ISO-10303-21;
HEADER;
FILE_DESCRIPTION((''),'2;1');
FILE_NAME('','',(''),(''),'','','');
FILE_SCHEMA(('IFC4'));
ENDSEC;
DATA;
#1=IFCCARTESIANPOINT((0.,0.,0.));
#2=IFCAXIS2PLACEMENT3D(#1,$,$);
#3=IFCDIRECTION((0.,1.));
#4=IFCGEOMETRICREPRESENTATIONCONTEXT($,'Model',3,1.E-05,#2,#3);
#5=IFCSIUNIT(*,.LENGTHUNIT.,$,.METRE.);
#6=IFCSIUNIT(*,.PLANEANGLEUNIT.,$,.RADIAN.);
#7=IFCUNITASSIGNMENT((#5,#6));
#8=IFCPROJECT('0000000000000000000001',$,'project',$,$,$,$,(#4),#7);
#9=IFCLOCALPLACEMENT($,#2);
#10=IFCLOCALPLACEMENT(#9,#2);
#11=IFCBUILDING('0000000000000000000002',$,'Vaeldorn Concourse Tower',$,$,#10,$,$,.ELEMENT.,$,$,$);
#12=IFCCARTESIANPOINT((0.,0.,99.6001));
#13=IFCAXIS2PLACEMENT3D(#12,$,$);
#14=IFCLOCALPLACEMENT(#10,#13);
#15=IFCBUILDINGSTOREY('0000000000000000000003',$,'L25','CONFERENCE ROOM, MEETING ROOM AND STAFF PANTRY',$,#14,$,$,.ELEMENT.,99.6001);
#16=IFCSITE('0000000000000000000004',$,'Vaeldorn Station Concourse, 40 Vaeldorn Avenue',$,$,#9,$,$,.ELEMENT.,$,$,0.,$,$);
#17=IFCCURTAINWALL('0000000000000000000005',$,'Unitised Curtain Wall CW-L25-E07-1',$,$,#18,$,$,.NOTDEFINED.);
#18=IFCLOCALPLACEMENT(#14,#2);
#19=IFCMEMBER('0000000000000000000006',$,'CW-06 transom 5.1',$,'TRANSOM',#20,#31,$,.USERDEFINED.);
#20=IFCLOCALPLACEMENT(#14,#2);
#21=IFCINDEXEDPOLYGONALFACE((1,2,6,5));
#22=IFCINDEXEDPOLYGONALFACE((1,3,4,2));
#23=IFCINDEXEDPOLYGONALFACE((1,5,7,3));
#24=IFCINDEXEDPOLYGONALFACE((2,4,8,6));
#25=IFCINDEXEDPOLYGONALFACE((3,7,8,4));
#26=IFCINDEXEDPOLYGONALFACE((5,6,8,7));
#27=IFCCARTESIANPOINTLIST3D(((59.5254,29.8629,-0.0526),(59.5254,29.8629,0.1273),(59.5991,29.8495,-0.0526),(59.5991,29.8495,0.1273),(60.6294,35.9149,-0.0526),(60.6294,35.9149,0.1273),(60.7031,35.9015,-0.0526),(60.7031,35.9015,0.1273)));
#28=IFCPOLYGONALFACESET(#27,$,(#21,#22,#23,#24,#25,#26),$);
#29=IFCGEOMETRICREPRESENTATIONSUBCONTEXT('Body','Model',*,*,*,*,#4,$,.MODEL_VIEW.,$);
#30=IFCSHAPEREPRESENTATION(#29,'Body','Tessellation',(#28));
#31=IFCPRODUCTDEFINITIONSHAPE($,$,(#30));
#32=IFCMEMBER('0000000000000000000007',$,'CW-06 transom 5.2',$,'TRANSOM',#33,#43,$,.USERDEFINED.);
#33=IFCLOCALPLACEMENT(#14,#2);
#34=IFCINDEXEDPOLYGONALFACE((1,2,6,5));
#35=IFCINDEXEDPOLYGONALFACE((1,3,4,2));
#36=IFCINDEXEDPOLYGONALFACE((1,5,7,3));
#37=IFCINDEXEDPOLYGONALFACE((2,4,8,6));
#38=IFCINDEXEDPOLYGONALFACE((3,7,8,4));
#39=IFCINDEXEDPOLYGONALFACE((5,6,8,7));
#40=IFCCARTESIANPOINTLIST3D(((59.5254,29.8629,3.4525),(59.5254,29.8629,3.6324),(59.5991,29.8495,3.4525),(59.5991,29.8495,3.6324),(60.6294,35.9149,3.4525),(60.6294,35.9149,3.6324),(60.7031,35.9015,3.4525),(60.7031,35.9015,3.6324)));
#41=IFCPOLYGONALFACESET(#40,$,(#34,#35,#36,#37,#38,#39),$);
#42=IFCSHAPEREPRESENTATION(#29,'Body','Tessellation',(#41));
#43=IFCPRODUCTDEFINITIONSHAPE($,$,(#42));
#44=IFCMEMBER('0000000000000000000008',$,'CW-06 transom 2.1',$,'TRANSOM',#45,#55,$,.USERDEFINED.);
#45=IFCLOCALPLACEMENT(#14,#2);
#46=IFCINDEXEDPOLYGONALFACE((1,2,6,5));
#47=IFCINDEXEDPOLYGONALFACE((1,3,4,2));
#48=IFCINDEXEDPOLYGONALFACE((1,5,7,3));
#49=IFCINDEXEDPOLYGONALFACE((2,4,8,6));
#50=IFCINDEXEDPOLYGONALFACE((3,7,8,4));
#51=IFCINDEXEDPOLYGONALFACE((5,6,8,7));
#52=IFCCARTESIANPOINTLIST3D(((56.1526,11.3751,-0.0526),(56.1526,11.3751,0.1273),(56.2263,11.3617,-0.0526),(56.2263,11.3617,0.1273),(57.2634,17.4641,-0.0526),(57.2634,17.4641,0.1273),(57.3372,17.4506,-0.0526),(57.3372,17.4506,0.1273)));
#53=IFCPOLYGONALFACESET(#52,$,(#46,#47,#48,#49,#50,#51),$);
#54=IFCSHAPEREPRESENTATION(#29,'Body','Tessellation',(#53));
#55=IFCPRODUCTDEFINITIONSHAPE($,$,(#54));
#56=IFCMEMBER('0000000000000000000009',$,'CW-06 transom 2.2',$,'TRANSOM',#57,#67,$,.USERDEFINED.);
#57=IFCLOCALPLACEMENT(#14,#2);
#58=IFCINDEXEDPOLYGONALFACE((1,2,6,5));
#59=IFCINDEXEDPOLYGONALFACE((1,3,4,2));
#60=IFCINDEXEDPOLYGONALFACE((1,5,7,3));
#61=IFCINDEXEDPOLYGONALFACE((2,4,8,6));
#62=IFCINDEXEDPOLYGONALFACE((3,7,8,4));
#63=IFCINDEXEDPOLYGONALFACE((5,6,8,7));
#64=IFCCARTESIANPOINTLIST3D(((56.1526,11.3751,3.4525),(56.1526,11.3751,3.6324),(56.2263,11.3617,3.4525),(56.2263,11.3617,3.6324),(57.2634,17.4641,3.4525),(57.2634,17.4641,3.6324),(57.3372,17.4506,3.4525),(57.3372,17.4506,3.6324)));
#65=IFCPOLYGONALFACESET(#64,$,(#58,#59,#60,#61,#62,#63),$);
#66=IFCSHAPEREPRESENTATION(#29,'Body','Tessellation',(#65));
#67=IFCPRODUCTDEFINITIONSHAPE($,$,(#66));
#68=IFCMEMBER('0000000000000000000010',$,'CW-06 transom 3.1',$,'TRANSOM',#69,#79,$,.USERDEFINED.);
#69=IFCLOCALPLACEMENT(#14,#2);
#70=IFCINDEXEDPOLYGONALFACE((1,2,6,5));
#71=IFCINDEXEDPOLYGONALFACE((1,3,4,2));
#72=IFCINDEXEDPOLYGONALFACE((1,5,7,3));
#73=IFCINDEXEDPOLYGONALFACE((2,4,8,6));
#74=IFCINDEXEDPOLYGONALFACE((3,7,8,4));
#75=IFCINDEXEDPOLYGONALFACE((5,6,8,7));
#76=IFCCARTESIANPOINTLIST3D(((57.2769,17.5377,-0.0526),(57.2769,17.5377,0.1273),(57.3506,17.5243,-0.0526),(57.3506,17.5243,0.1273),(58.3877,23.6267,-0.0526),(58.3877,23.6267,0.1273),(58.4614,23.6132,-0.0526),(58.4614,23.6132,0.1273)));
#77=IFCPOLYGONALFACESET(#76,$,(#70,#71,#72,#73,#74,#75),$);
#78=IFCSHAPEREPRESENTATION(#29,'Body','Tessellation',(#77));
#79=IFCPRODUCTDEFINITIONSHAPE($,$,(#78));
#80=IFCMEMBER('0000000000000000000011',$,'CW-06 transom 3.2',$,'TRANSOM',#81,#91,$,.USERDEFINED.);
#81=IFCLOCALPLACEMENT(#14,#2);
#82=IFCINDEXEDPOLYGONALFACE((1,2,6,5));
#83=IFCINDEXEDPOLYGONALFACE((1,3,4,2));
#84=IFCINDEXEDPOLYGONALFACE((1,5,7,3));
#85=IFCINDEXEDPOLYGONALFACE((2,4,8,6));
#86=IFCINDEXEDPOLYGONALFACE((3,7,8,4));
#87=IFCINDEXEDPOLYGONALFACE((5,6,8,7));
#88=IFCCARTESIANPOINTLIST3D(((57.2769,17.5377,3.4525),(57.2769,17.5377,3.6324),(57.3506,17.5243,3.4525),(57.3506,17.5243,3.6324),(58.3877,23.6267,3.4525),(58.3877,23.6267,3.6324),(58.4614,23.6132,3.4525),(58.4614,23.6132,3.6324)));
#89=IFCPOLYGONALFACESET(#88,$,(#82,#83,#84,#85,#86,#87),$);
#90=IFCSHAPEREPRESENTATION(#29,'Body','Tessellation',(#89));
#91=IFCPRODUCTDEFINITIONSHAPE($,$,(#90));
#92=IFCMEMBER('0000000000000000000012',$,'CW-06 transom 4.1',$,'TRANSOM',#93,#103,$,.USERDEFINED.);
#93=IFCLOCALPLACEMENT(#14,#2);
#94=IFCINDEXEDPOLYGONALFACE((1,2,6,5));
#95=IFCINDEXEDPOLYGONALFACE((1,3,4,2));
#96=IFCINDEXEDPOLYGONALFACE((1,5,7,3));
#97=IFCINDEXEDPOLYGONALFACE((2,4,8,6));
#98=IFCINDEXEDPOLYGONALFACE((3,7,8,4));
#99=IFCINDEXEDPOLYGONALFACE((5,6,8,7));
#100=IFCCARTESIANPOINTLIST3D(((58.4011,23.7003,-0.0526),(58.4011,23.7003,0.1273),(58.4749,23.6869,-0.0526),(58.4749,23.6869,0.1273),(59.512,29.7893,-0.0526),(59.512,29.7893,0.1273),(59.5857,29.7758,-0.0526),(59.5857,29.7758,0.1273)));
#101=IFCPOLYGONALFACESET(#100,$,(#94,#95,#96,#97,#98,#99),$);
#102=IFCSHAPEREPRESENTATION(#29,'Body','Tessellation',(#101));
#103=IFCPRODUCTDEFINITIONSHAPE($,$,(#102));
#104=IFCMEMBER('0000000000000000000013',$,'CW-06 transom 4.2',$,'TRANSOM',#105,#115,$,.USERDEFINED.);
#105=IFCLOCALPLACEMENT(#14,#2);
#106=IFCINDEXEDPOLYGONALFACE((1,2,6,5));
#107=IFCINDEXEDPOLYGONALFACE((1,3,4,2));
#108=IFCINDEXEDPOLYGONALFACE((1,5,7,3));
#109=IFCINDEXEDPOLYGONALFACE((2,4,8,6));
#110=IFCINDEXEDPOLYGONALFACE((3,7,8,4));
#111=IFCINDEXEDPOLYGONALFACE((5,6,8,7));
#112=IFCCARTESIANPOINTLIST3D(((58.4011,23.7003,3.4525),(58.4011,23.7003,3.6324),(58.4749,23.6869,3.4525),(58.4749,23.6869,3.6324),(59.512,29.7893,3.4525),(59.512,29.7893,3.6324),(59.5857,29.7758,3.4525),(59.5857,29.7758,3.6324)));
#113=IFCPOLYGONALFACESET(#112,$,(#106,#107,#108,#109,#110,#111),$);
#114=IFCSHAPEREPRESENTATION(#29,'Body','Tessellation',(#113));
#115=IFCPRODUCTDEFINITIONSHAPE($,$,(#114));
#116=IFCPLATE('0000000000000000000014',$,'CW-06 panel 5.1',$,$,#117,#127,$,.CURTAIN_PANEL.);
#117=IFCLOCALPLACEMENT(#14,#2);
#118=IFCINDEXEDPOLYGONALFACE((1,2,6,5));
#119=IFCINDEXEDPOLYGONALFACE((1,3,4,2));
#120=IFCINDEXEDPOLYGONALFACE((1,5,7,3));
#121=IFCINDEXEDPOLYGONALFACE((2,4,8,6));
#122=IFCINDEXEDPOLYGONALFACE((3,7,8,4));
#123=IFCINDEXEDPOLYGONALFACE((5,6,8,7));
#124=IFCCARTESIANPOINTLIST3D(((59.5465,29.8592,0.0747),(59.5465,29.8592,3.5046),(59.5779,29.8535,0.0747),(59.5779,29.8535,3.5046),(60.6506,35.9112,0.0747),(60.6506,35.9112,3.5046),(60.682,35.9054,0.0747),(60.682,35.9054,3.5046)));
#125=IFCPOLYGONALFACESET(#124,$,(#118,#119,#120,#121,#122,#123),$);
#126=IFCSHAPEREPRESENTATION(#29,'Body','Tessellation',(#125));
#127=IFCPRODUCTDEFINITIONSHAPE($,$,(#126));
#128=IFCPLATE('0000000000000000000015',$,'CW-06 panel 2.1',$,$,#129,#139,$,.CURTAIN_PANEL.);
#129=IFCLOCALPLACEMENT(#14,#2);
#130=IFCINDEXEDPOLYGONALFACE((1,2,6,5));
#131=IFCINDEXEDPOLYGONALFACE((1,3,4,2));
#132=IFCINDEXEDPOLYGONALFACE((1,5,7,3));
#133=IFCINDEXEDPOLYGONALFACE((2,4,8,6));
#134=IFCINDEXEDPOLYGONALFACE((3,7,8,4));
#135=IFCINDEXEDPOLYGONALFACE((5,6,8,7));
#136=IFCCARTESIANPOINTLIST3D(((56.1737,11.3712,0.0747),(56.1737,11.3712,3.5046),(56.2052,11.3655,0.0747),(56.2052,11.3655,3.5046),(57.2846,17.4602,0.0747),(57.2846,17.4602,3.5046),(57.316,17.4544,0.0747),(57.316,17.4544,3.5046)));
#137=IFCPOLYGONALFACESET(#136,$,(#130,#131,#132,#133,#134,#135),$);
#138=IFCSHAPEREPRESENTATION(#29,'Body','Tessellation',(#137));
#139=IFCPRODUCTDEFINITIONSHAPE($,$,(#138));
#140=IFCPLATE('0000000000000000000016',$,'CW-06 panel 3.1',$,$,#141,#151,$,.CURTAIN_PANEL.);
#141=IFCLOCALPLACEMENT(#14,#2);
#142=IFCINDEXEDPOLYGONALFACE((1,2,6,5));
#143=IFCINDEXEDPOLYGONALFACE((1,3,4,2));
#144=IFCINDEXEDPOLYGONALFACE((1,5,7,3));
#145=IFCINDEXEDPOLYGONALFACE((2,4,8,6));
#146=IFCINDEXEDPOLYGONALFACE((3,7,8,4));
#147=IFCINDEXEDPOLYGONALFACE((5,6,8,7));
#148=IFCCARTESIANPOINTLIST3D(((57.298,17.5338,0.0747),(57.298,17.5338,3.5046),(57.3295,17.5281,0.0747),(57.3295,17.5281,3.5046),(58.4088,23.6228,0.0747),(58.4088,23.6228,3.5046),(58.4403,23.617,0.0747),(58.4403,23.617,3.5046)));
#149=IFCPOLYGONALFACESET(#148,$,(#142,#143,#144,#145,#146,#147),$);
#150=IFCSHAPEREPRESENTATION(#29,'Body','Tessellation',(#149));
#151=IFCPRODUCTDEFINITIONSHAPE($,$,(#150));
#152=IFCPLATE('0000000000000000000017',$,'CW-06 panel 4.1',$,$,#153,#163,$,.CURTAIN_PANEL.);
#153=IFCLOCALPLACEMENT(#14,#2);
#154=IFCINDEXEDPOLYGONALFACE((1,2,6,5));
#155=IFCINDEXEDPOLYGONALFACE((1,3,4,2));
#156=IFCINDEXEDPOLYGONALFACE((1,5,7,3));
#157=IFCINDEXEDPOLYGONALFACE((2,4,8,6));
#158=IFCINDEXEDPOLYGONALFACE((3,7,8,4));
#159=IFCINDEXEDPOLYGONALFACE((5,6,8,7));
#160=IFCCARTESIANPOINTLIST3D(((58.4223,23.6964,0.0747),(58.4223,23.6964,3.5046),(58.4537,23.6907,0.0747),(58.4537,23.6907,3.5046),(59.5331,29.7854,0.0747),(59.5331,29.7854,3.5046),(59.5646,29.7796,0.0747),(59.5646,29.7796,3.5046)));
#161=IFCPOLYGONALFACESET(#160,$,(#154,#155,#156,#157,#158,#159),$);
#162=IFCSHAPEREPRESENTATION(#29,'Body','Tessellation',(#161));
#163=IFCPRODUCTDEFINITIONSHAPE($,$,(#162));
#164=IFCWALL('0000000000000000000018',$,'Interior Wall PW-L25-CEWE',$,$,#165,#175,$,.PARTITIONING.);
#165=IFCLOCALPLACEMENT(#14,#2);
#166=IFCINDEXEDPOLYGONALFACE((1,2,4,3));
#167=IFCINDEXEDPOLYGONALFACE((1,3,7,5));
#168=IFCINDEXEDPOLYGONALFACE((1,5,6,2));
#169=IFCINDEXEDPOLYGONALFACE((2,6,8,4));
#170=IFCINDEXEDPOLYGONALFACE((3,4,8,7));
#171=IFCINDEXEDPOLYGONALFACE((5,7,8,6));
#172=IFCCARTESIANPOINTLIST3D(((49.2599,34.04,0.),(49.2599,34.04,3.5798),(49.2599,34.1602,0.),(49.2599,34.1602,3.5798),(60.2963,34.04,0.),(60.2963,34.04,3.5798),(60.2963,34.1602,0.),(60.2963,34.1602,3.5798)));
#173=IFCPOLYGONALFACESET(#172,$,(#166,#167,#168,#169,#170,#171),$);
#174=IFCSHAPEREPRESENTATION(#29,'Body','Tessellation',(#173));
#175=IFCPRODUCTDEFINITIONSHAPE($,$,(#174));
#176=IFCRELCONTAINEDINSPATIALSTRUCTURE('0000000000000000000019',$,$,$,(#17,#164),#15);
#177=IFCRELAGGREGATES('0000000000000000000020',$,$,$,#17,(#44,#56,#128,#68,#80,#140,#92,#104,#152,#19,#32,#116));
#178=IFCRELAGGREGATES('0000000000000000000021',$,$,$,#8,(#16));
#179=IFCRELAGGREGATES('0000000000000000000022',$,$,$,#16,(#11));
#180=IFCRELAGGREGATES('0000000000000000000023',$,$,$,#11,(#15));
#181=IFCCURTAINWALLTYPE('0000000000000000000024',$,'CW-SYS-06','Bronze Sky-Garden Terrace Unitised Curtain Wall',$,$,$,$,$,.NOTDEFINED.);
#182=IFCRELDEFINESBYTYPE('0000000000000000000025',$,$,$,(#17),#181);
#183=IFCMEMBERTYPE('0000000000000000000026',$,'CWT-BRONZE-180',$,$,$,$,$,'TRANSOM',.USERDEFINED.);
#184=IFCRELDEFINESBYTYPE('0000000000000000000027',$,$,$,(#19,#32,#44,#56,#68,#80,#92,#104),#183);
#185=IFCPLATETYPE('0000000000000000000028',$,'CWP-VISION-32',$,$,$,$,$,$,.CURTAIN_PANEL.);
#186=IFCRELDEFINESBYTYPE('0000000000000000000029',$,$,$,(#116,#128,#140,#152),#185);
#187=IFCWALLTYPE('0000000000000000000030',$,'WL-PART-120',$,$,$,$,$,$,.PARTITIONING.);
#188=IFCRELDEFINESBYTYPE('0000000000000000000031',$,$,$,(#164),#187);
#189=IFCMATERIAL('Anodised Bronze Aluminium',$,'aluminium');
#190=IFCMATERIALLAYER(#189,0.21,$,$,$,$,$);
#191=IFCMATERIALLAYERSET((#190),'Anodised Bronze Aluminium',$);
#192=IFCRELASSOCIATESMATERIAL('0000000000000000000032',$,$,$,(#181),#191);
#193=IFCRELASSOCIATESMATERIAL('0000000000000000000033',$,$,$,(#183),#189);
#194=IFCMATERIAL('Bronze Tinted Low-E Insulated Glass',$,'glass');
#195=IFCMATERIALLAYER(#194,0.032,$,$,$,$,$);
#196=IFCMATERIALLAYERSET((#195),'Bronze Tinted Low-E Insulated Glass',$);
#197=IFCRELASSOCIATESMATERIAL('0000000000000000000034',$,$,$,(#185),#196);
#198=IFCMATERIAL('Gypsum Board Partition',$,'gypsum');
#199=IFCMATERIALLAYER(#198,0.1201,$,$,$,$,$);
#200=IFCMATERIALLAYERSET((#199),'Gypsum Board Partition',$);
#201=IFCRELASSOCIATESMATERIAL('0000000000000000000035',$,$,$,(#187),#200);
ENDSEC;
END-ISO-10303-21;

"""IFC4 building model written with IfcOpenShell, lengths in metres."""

from ifc_helpers import new_model, si_unit, direction, frame, frame_2d, origin, origin_2d, place, context, subcontext, project, spatial, rectangle, extrude, source, transform, mapped, material, layer, layer_set, material_profile, profile_set, type_object, element, aggregate, save


model = new_model("IFC4")

# Units and contexts
model_context = context("Model", 3, precision=1e-05, world=origin(), true_north=direction((0.0, 1.0)))
body_context = subcontext(model_context, "Body", "Model", "MODEL_VIEW")
ifc_project = project(units=[si_unit("LENGTHUNIT", "METRE"), si_unit("PLANEANGLEUNIT", "RADIAN")], contexts=[model_context])

# Site, building, storey
site_placement = place(None, origin())
site = spatial("IfcSite", under=ifc_project, at=site_placement, Name="Vaeldorn Station Concourse, 40 Vaeldorn Avenue", CompositionType="ELEMENT", RefElevation=0.0)
building_placement = place(site_placement, origin())
building = spatial("IfcBuilding", under=site, at=building_placement, Name="Vaeldorn Concourse Tower", CompositionType="ELEMENT")
storey_placement = place(building_placement, frame((0.0, 0.0, 99.6001)))
storey = spatial("IfcBuildingStorey", under=building, at=storey_placement, Name="L25", Description="CONFERENCE ROOM, MEETING ROOM AND STAFF PANTRY", CompositionType="ELEMENT", Elevation=99.6001)

# Curtain wall, members, plates
ifc_material_1 = material(Name="Anodised Bronze Aluminium", Category="aluminium")
ifc_layer_1 = layer(ifc_material_1, 0.21)
ifc_layer_set_1 = layer_set([ifc_layer_1], Name="Anodised Bronze Aluminium")
curtain_wall_type = type_object("IfcCurtainWallType", Name="CW-SYS-06", Description="Bronze Sky-Garden Terrace Unitised Curtain Wall", PredefinedType="NOTDEFINED", material=ifc_layer_set_1)
curtain_wall_placement = place(storey_placement, origin())
curtain_wall = element("IfcCurtainWall", 1, at=curtain_wall_placement, inside=storey, type_object=curtain_wall_type, Name="Unitised Curtain Wall CW-L25-E07-1", PredefinedType="NOTDEFINED")
ifc_material_profile_1 = material_profile(ifc_material_1, rectangle(XDim=0.075, YDim=0.1799, at=origin_2d()), Name="CWT 75x180")
ifc_profile_set_1 = profile_set([ifc_material_profile_1], Name="Anodised Bronze Aluminium")
member_type_1 = type_object("IfcMemberType", Name="CWT-BRONZE-180", ElementType="TRANSOM", PredefinedType="USERDEFINED", material=ifc_profile_set_1)
shared_shape_1 = source(origin(), body_context, "Body", "SweptSolid", [
    extrude(rectangle(XDim=0.075, YDim=0.1799, at=origin_2d()), origin(), (0.0, 0.0, 1.0), 6.1519),
])
member_1_placement = place(storey_placement, frame((59.5623, 29.8562, 0.0374), z_axis=(0.179458, 0.983766, 0.0), x_axis=(-0.983766, 0.179458, 0.0)))
member_1 = element("IfcMember", 2, at=member_1_placement, type_object=member_type_1, Name="CW-06 transom 5.1", ObjectType="TRANSOM", PredefinedType="USERDEFINED", context=body_context, shape_type="MappedRepresentation", body=[
    mapped(shared_shape_1, transform((0.0, 0.0, 0.0), scale=1.0)),
])
member_2_placement = place(storey_placement, frame((59.5623, 29.8562, 3.5425), z_axis=(0.179458, 0.983766, 0.0), x_axis=(-0.983766, 0.179458, 0.0)))
member_2 = element("IfcMember", 3, at=member_2_placement, type_object=member_type_1, Name="CW-06 transom 5.2", ObjectType="TRANSOM", PredefinedType="USERDEFINED", context=body_context, shape_type="MappedRepresentation", body=[
    mapped(shared_shape_1, transform((0.0, 0.0, 0.0), scale=1.0)),
])
shared_shape_2 = source(origin(), body_context, "Body", "SweptSolid", [
    extrude(rectangle(XDim=0.075, YDim=0.1799, at=origin_2d()), origin(), (0.0, 0.0, 1.0), 6.1895),
])
member_3_placement = place(storey_placement, frame((56.1895, 11.3684, 0.0374), z_axis=(0.179476, 0.983762, 0.0), x_axis=(-0.983762, 0.179476, 0.0)))
member_3 = element("IfcMember", 4, at=member_3_placement, type_object=member_type_1, Name="CW-06 transom 2.1", ObjectType="TRANSOM", PredefinedType="USERDEFINED", context=body_context, shape_type="MappedRepresentation", body=[
    mapped(shared_shape_2, transform((0.0, 0.0, 0.0), scale=1.0)),
])
member_4_placement = place(storey_placement, frame((56.1895, 11.3684, 3.5425), z_axis=(0.179476, 0.983762, 0.0), x_axis=(-0.983762, 0.179476, 0.0)))
member_4 = element("IfcMember", 5, at=member_4_placement, type_object=member_type_1, Name="CW-06 transom 2.2", ObjectType="TRANSOM", PredefinedType="USERDEFINED", context=body_context, shape_type="MappedRepresentation", body=[
    mapped(shared_shape_2, transform((0.0, 0.0, 0.0), scale=1.0)),
])
member_5_placement = place(storey_placement, frame((57.3137, 17.531, 0.0374), z_axis=(0.179476, 0.983762, 0.0), x_axis=(-0.983762, 0.179476, 0.0)))
member_5 = element("IfcMember", 6, at=member_5_placement, type_object=member_type_1, Name="CW-06 transom 3.1", ObjectType="TRANSOM", PredefinedType="USERDEFINED", context=body_context, shape_type="MappedRepresentation", body=[
    mapped(shared_shape_2, transform((0.0, 0.0, 0.0), scale=1.0)),
])
member_6_placement = place(storey_placement, frame((57.3137, 17.531, 3.5425), z_axis=(0.179476, 0.983762, 0.0), x_axis=(-0.983762, 0.179476, 0.0)))
member_6 = element("IfcMember", 7, at=member_6_placement, type_object=member_type_1, Name="CW-06 transom 3.2", ObjectType="TRANSOM", PredefinedType="USERDEFINED", context=body_context, shape_type="MappedRepresentation", body=[
    mapped(shared_shape_2, transform((0.0, 0.0, 0.0), scale=1.0)),
])
member_7_placement = place(storey_placement, frame((58.438, 23.6936, 0.0374), z_axis=(0.179476, 0.983762, 0.0), x_axis=(-0.983762, 0.179476, 0.0)))
member_7 = element("IfcMember", 8, at=member_7_placement, type_object=member_type_1, Name="CW-06 transom 4.1", ObjectType="TRANSOM", PredefinedType="USERDEFINED", context=body_context, shape_type="MappedRepresentation", body=[
    mapped(shared_shape_2, transform((0.0, 0.0, 0.0), scale=1.0)),
])
member_8_placement = place(storey_placement, frame((58.438, 23.6936, 3.5425), z_axis=(0.179476, 0.983762, 0.0), x_axis=(-0.983762, 0.179476, 0.0)))
member_8 = element("IfcMember", 9, at=member_8_placement, type_object=member_type_1, Name="CW-06 transom 4.2", ObjectType="TRANSOM", PredefinedType="USERDEFINED", context=body_context, shape_type="MappedRepresentation", body=[
    mapped(shared_shape_2, transform((0.0, 0.0, 0.0), scale=1.0)),
])
ifc_material_2 = material(Name="Bronze Tinted Low-E Insulated Glass", Category="glass")
ifc_layer_2 = layer(ifc_material_2, 0.032)
ifc_layer_set_2 = layer_set([ifc_layer_2], Name="Bronze Tinted Low-E Insulated Glass")
plate_type = type_object("IfcPlateType", Name="CWP-VISION-32", PredefinedType="CURTAIN_PANEL", material=ifc_layer_set_2)
shared_shape_3 = source(origin(), body_context, "Body", "SweptSolid", [
    extrude(rectangle(XDim=6.1519, YDim=0.032, at=origin_2d()), origin(), (0.0, 0.0, 1.0), 3.4299),
])
plate_1_placement = place(storey_placement, frame((60.1143, 32.8823, 0.0747), z_axis=(0.0, 0.0, 1.0), x_axis=(0.179473, 0.983763, 0.0)))
plate_1 = element("IfcPlate", 10, at=plate_1_placement, type_object=plate_type, Name="CW-06 panel 5.1", PredefinedType="CURTAIN_PANEL", context=body_context, shape_type="MappedRepresentation", body=[
    mapped(shared_shape_3, transform((0.0, 0.0, 0.0), scale=1.0)),
])
shared_shape_4 = source(origin(), body_context, "Body", "SweptSolid", [
    extrude(rectangle(XDim=6.1895, YDim=0.032, at=origin_2d()), origin(), (0.0, 0.0, 1.0), 3.4299),
])
plate_2_placement = place(storey_placement, frame((56.7449, 14.4128, 0.0747), z_axis=(0.0, 0.0, 1.0), x_axis=(0.179473, 0.983763, 0.0)))
plate_2 = element("IfcPlate", 11, at=plate_2_placement, type_object=plate_type, Name="CW-06 panel 2.1", PredefinedType="CURTAIN_PANEL", context=body_context, shape_type="MappedRepresentation", body=[
    mapped(shared_shape_4, transform((0.0, 0.0, 0.0), scale=1.0)),
])
plate_3_placement = place(storey_placement, frame((57.8691, 20.5754, 0.0747), z_axis=(0.0, 0.0, 1.0), x_axis=(0.179473, 0.983763, 0.0)))
plate_3 = element("IfcPlate", 12, at=plate_3_placement, type_object=plate_type, Name="CW-06 panel 3.1", PredefinedType="CURTAIN_PANEL", context=body_context, shape_type="MappedRepresentation", body=[
    mapped(shared_shape_4, transform((0.0, 0.0, 0.0), scale=1.0)),
])
plate_4_placement = place(storey_placement, frame((58.9934, 26.738, 0.0747), z_axis=(0.0, 0.0, 1.0), x_axis=(0.179473, 0.983763, 0.0)))
plate_4 = element("IfcPlate", 13, at=plate_4_placement, type_object=plate_type, Name="CW-06 panel 4.1", PredefinedType="CURTAIN_PANEL", context=body_context, shape_type="MappedRepresentation", body=[
    mapped(shared_shape_4, transform((0.0, 0.0, 0.0), scale=1.0)),
])
aggregate(curtain_wall, [member_3, member_4, plate_2, member_5, member_6, plate_3, member_7, member_8, plate_4, member_1, member_2, plate_1])

# Wall
ifc_material_3 = material(Name="Gypsum Board Partition", Category="gypsum")
ifc_layer_3 = layer(ifc_material_3, 0.1201)
ifc_layer_set_3 = layer_set([ifc_layer_3], Name="Gypsum Board Partition")
wall_type = type_object("IfcWallType", Name="WL-PART-120", PredefinedType="PARTITIONING", material=ifc_layer_set_3)
wall_1_placement = place(storey_placement, frame((49.26, 34.1001, 0.0), z_axis=(0.0, 0.0, 1.0), x_axis=(1.0, 0.0, 0.0)))
element("IfcWall", 14, at=wall_1_placement, inside=storey, type_object=wall_type, Name="Interior Wall PW-L25-CEWE", PredefinedType="PARTITIONING", context=body_context, shape_type="SweptSolid", body=[
    extrude(rectangle(XDim=11.0364, YDim=0.1201, at=frame_2d((5.5181, 0.0))), origin(), (0.0, 0.0, 1.0), 3.5798),
])

save(model, "model.ifc")
